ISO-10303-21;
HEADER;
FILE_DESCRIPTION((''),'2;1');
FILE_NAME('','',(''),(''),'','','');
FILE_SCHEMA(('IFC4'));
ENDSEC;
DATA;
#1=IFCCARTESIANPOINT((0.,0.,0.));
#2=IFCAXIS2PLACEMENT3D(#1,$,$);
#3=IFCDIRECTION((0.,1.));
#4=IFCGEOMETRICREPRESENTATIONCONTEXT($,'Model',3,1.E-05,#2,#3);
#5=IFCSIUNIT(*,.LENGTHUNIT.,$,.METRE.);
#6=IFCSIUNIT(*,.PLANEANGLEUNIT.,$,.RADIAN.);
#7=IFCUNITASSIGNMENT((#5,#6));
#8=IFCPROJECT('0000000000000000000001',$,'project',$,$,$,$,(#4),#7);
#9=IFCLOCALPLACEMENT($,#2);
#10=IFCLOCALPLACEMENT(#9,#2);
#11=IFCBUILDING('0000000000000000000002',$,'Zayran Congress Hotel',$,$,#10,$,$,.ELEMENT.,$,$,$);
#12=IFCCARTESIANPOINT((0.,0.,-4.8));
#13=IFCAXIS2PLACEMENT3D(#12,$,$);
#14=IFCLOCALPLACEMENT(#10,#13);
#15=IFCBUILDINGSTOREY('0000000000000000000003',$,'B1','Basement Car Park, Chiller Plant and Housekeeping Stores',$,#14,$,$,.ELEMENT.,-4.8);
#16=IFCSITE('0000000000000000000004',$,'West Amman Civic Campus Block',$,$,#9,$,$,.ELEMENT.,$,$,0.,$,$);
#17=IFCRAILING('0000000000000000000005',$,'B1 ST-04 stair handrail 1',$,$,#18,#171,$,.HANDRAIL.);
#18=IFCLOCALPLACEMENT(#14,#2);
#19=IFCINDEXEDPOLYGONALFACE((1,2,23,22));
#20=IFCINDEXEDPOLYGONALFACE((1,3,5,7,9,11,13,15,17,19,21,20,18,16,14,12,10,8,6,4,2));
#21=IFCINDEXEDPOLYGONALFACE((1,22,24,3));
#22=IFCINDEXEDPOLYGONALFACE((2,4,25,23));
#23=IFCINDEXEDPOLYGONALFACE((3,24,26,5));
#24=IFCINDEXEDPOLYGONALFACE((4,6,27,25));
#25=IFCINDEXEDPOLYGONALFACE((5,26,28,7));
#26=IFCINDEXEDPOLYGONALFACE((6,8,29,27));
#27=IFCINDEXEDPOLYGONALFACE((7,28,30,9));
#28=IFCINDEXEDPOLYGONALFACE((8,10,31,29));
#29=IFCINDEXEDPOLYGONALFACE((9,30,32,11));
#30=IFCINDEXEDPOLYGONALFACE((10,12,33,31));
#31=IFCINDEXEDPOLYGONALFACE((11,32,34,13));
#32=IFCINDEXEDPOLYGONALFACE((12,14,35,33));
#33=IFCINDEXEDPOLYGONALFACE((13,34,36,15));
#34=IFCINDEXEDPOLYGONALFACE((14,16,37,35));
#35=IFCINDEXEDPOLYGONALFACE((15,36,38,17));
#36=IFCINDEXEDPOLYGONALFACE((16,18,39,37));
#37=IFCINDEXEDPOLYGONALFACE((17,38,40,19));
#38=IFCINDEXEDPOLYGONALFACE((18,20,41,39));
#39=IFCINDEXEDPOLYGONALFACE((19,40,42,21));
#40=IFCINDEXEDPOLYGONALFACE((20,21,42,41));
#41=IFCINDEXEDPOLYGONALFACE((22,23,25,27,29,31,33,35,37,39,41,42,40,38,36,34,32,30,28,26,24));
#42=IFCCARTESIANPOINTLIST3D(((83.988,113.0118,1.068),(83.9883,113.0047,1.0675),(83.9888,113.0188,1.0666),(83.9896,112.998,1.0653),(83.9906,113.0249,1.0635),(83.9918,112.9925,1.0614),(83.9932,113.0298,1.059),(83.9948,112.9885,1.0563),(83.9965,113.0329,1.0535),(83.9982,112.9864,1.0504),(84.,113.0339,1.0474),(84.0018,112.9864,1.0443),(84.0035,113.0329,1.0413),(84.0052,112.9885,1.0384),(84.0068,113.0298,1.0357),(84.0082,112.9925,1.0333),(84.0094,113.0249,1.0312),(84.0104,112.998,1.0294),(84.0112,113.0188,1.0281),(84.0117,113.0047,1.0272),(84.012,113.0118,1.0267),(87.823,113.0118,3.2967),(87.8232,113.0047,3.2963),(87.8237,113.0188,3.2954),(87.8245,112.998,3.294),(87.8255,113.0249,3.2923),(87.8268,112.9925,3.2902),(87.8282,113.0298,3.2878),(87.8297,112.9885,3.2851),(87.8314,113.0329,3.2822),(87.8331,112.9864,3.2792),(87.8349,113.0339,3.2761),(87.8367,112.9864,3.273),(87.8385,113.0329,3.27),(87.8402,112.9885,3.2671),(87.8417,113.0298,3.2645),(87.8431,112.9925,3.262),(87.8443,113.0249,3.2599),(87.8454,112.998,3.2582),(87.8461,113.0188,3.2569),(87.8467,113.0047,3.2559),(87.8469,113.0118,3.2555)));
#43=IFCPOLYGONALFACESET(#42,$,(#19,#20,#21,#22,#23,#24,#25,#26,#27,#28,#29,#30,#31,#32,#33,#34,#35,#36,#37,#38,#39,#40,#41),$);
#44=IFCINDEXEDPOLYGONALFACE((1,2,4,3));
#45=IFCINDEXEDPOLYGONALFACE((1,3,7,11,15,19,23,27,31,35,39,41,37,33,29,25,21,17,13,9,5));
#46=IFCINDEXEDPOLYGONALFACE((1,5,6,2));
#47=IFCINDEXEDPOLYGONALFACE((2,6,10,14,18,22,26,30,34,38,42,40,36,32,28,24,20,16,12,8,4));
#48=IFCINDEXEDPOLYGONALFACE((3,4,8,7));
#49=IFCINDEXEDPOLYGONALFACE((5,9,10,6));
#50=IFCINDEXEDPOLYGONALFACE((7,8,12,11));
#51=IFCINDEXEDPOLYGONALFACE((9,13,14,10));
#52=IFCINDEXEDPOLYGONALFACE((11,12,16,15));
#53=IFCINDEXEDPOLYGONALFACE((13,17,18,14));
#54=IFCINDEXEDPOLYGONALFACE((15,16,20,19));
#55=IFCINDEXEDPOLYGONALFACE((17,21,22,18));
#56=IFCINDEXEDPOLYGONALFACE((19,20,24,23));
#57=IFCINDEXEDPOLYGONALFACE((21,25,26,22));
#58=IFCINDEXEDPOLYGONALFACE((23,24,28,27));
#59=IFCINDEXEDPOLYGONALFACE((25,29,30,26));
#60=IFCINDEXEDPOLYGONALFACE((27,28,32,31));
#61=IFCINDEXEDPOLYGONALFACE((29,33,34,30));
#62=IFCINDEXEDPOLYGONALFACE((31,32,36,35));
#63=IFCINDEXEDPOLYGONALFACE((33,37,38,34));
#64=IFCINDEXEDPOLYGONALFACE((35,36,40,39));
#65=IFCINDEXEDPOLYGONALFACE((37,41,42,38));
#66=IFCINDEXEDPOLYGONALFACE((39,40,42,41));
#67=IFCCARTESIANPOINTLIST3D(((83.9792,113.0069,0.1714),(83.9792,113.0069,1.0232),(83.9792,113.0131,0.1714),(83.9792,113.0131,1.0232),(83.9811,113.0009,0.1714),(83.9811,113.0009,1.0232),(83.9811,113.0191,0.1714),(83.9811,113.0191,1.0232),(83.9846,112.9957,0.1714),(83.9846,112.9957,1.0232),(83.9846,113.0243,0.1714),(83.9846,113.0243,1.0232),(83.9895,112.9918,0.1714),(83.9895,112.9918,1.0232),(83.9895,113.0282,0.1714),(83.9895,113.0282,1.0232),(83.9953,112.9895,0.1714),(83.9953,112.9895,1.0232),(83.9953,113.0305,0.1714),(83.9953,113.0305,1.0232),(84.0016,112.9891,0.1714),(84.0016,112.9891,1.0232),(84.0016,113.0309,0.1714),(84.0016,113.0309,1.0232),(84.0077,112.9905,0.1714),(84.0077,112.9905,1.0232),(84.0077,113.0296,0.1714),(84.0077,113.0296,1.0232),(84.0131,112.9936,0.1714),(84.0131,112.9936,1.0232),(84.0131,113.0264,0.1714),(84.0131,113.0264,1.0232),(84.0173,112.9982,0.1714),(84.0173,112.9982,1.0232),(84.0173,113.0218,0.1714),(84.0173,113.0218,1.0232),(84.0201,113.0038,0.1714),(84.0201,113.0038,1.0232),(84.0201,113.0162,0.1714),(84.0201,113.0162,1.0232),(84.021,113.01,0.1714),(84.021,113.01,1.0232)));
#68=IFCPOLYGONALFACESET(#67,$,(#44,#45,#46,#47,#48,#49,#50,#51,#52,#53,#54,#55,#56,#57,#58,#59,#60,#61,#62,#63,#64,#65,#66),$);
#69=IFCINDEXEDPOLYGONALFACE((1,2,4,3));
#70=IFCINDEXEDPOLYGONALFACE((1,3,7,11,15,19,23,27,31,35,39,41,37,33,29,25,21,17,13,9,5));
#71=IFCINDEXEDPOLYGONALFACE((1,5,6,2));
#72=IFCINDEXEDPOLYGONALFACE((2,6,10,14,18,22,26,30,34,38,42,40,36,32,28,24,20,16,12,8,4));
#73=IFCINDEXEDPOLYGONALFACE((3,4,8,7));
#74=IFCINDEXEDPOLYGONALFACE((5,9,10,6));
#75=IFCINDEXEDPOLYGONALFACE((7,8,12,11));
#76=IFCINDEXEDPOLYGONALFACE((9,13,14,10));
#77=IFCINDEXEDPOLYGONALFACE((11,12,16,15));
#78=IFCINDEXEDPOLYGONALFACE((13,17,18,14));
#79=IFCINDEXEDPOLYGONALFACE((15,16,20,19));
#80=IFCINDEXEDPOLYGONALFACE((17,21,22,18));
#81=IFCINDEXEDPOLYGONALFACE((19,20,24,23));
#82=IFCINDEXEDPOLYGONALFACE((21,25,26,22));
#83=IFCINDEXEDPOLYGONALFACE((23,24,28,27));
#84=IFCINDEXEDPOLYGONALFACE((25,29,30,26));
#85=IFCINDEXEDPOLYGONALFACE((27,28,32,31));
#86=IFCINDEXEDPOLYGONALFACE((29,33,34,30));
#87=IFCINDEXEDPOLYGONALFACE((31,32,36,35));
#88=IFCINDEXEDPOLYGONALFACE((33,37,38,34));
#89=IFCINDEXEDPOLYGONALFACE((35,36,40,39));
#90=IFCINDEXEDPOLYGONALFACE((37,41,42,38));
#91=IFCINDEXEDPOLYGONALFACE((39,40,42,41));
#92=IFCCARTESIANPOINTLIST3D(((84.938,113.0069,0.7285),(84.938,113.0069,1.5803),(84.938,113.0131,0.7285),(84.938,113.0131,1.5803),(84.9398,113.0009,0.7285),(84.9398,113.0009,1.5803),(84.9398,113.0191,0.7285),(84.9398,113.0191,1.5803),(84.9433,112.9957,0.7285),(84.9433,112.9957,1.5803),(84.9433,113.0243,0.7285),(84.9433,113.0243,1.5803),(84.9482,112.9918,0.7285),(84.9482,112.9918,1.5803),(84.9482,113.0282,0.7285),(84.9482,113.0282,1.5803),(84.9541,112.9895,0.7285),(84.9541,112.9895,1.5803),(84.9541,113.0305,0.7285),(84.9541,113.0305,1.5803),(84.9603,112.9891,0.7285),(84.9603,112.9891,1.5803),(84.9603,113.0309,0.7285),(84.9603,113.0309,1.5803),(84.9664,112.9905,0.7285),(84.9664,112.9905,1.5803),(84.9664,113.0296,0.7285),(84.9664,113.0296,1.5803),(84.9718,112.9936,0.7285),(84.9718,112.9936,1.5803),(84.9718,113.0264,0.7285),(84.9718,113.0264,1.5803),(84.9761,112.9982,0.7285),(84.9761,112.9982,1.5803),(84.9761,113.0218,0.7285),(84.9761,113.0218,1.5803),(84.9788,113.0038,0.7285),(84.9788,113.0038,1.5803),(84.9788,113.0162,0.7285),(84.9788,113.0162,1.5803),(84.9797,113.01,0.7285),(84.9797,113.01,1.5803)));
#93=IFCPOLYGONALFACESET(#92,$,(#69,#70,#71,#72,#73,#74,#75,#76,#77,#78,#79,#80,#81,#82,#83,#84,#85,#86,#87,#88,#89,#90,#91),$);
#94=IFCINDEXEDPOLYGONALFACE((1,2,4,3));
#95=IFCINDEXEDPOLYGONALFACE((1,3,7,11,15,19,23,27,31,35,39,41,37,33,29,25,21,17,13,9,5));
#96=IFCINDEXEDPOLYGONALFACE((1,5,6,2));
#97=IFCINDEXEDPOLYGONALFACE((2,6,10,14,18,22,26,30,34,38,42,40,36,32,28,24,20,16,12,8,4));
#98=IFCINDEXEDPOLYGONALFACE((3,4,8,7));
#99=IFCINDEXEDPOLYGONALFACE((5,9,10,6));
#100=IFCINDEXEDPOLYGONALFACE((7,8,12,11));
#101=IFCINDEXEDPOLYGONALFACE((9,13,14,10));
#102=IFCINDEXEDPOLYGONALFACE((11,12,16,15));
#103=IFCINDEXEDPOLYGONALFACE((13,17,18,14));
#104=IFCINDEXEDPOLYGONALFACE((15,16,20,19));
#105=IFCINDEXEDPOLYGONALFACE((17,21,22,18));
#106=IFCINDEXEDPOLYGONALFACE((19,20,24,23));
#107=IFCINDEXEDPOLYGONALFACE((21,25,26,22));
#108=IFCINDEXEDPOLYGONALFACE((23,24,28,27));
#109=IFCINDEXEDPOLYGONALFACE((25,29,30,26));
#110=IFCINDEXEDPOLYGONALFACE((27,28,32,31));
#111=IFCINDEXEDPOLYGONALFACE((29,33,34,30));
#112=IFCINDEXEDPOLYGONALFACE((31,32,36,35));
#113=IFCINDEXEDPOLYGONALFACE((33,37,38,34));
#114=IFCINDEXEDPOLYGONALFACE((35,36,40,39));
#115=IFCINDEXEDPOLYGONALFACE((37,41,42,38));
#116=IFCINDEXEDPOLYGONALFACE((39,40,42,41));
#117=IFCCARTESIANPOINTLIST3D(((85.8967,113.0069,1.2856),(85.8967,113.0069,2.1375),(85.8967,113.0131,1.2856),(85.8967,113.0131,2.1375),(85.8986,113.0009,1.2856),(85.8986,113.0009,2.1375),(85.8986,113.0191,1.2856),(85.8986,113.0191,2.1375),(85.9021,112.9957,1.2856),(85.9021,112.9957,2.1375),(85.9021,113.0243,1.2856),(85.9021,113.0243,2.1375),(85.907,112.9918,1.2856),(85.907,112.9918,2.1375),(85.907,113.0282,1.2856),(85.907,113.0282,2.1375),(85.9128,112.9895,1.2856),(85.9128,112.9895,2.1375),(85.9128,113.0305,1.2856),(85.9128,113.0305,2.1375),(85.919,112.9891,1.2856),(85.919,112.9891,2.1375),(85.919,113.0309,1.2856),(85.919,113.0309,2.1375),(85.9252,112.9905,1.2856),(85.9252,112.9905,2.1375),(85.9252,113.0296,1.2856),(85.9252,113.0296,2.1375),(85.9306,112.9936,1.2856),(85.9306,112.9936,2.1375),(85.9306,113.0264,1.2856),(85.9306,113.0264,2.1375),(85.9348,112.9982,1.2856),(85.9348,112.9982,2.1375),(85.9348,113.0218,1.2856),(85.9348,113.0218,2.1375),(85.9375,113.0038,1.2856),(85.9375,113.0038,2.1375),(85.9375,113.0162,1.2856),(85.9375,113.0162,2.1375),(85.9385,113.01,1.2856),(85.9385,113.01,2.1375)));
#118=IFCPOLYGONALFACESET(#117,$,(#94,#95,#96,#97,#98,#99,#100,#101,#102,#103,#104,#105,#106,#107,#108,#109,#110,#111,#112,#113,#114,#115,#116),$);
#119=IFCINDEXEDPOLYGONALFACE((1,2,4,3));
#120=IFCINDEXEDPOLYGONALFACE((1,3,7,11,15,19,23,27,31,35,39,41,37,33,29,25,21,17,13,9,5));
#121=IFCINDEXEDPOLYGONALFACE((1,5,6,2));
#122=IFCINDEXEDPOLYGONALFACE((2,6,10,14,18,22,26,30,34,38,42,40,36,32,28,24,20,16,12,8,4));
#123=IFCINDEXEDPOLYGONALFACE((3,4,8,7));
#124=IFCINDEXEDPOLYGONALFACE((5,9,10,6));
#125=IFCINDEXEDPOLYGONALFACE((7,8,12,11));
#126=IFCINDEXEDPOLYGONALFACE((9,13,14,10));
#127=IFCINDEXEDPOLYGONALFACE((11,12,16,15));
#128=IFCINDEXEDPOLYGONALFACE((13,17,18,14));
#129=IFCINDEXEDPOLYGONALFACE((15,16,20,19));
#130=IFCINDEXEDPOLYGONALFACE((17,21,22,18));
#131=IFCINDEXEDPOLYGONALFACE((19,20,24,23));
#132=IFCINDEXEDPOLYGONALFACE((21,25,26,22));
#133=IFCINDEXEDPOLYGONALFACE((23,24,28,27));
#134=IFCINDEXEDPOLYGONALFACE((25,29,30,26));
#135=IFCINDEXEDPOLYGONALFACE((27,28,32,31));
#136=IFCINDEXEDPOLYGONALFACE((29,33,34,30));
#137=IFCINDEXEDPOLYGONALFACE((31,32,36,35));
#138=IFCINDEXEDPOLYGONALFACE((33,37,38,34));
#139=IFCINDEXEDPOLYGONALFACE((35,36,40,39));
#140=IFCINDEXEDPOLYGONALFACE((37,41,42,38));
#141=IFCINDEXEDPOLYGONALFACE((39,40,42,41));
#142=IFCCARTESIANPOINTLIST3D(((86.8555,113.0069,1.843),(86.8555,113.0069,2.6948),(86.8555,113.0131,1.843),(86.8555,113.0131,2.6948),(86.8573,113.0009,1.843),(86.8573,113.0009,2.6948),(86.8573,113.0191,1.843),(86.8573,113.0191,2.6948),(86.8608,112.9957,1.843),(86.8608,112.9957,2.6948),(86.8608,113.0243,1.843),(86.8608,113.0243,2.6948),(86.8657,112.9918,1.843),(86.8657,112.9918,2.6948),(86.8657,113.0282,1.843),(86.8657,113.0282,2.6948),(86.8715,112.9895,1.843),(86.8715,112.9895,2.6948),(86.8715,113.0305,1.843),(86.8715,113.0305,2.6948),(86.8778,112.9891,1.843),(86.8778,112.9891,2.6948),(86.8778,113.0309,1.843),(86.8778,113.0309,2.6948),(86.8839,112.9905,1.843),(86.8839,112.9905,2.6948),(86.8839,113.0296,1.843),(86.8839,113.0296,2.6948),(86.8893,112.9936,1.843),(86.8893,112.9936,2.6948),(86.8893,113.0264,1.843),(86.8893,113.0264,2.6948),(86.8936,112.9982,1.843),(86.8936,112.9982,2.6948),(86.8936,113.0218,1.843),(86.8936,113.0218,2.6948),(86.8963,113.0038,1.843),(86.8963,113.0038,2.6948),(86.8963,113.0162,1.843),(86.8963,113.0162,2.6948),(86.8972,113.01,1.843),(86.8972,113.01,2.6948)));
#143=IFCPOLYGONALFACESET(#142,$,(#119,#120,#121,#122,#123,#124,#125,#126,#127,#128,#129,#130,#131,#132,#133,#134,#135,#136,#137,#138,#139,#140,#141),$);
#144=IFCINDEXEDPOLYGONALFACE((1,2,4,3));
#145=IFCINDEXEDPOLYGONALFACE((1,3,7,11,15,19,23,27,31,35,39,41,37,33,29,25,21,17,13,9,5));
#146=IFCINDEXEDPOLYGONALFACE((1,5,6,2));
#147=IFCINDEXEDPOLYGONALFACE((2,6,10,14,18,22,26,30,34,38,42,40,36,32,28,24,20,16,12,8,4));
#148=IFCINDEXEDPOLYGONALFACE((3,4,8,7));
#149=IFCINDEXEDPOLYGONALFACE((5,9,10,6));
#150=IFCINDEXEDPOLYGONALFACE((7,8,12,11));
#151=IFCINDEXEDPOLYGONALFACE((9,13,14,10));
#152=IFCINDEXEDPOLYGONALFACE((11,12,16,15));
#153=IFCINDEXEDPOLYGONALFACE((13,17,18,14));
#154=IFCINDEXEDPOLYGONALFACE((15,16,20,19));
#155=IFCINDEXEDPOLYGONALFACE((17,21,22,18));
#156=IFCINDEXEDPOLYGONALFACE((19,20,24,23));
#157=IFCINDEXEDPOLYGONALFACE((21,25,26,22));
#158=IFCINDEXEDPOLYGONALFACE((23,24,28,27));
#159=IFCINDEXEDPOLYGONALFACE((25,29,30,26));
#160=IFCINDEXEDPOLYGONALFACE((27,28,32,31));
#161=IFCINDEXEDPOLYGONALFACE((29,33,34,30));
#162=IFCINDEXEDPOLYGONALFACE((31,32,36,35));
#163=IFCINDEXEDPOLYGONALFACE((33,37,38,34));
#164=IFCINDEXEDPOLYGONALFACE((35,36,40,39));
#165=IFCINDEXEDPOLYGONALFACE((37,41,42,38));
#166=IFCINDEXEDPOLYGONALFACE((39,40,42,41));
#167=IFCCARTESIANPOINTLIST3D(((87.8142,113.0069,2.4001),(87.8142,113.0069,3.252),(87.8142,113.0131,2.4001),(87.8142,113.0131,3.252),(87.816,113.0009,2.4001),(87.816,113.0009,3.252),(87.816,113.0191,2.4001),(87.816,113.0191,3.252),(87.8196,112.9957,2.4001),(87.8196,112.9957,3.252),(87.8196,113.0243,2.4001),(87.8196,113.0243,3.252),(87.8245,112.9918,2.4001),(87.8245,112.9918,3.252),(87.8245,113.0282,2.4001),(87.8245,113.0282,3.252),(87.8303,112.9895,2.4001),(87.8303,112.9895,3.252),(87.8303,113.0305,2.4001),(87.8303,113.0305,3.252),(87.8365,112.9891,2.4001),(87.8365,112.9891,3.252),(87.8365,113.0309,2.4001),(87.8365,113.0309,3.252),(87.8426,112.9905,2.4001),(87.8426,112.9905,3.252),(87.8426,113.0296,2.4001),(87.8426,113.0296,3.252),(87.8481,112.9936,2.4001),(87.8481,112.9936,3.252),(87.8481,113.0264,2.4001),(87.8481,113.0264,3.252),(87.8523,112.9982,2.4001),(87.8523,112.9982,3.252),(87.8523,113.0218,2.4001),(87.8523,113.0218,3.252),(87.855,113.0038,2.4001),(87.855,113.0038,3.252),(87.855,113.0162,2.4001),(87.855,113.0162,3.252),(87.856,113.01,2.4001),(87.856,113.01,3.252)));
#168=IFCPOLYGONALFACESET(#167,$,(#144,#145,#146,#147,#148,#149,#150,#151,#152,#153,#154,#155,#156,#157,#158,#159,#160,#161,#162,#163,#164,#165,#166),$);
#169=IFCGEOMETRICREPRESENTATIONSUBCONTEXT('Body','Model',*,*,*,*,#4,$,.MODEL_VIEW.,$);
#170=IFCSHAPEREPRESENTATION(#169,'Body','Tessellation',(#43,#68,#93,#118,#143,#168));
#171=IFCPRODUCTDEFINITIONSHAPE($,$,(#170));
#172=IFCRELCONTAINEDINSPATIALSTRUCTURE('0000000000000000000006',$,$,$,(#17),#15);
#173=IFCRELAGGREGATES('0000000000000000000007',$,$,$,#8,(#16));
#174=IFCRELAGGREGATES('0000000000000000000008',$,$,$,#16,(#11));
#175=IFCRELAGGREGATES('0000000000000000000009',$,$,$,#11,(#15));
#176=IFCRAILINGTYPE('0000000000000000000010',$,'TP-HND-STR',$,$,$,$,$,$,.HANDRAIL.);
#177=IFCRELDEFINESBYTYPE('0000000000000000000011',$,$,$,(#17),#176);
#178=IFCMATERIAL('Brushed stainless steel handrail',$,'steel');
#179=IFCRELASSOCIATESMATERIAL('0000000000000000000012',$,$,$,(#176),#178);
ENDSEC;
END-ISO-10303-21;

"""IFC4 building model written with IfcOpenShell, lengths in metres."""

from ifc_helpers import new_model, si_unit, direction, frame, origin, origin_2d, place, context, subcontext, project, spatial, circle, extrude, material, type_object, element, save


model = new_model("IFC4")

# Units and contexts
model_context = context("Model", 3, precision=1e-05, world=origin(), true_north=direction((0.0, 1.0)))
body_context = subcontext(model_context, "Body", "Model", "MODEL_VIEW")
ifc_project = project(units=[si_unit("LENGTHUNIT", "METRE"), si_unit("PLANEANGLEUNIT", "RADIAN")], contexts=[model_context])

# Site, building, storey
site_placement = place(None, origin())
site = spatial("IfcSite", under=ifc_project, at=site_placement, Name="West Amman Civic Campus Block", CompositionType="ELEMENT", RefElevation=0.0)
building_placement = place(site_placement, origin())
building = spatial("IfcBuilding", under=site, at=building_placement, Name="Zayran Congress Hotel", CompositionType="ELEMENT")
storey_placement = place(building_placement, frame((0.0, 0.0, -4.8)))
storey = spatial("IfcBuildingStorey", under=building, at=storey_placement, Name="B1", Description="Basement Car Park, Chiller Plant and Housekeeping Stores", CompositionType="ELEMENT", Elevation=-4.8)

# Railing
ifc_material_1 = material(Name="Brushed stainless steel handrail", Category="steel")
railing_type_1 = type_object("IfcRailingType", Name="TP-HND-STR", PredefinedType="HANDRAIL", material=ifc_material_1)
railing_1_placement = place(storey_placement, frame((84.0, 113.01, 0.1714)))
element("IfcRailing", 1, at=railing_1_placement, inside=storey, type_object=railing_type_1, Name="B1 ST-04 stair handrail 1", PredefinedType="HANDRAIL", context=body_context, shape_type="SweptSolid", body=[
    extrude(circle(Radius=0.0239, at=origin_2d()), frame((0.0, 0.0, 0.876), z_axis=(0.864592, 0.0, 0.502474), x_axis=(0.0, 1.0, 0.0)), (0.0, 0.0, 1.0), 4.4355),
    extrude(circle(Radius=0.021, at=origin_2d()), origin(), (0.0, 0.0, 1.0), 0.8518),
    extrude(circle(Radius=0.021, at=origin_2d()), frame((0.9587, 0.0, 0.5571)), (0.0, 0.0, 1.0), 0.8518),
    extrude(circle(Radius=0.021, at=origin_2d()), frame((1.9175, 0.0, 1.1143)), (0.0, 0.0, 1.0), 0.8518),
    extrude(circle(Radius=0.021, at=origin_2d()), frame((2.8762, 0.0, 1.6716)), (0.0, 0.0, 1.0), 0.8518),
    extrude(circle(Radius=0.021, at=origin_2d()), frame((3.835, 0.0, 2.2288)), (0.0, 0.0, 1.0), 0.8518),
])

save(model, "model.ifc")
